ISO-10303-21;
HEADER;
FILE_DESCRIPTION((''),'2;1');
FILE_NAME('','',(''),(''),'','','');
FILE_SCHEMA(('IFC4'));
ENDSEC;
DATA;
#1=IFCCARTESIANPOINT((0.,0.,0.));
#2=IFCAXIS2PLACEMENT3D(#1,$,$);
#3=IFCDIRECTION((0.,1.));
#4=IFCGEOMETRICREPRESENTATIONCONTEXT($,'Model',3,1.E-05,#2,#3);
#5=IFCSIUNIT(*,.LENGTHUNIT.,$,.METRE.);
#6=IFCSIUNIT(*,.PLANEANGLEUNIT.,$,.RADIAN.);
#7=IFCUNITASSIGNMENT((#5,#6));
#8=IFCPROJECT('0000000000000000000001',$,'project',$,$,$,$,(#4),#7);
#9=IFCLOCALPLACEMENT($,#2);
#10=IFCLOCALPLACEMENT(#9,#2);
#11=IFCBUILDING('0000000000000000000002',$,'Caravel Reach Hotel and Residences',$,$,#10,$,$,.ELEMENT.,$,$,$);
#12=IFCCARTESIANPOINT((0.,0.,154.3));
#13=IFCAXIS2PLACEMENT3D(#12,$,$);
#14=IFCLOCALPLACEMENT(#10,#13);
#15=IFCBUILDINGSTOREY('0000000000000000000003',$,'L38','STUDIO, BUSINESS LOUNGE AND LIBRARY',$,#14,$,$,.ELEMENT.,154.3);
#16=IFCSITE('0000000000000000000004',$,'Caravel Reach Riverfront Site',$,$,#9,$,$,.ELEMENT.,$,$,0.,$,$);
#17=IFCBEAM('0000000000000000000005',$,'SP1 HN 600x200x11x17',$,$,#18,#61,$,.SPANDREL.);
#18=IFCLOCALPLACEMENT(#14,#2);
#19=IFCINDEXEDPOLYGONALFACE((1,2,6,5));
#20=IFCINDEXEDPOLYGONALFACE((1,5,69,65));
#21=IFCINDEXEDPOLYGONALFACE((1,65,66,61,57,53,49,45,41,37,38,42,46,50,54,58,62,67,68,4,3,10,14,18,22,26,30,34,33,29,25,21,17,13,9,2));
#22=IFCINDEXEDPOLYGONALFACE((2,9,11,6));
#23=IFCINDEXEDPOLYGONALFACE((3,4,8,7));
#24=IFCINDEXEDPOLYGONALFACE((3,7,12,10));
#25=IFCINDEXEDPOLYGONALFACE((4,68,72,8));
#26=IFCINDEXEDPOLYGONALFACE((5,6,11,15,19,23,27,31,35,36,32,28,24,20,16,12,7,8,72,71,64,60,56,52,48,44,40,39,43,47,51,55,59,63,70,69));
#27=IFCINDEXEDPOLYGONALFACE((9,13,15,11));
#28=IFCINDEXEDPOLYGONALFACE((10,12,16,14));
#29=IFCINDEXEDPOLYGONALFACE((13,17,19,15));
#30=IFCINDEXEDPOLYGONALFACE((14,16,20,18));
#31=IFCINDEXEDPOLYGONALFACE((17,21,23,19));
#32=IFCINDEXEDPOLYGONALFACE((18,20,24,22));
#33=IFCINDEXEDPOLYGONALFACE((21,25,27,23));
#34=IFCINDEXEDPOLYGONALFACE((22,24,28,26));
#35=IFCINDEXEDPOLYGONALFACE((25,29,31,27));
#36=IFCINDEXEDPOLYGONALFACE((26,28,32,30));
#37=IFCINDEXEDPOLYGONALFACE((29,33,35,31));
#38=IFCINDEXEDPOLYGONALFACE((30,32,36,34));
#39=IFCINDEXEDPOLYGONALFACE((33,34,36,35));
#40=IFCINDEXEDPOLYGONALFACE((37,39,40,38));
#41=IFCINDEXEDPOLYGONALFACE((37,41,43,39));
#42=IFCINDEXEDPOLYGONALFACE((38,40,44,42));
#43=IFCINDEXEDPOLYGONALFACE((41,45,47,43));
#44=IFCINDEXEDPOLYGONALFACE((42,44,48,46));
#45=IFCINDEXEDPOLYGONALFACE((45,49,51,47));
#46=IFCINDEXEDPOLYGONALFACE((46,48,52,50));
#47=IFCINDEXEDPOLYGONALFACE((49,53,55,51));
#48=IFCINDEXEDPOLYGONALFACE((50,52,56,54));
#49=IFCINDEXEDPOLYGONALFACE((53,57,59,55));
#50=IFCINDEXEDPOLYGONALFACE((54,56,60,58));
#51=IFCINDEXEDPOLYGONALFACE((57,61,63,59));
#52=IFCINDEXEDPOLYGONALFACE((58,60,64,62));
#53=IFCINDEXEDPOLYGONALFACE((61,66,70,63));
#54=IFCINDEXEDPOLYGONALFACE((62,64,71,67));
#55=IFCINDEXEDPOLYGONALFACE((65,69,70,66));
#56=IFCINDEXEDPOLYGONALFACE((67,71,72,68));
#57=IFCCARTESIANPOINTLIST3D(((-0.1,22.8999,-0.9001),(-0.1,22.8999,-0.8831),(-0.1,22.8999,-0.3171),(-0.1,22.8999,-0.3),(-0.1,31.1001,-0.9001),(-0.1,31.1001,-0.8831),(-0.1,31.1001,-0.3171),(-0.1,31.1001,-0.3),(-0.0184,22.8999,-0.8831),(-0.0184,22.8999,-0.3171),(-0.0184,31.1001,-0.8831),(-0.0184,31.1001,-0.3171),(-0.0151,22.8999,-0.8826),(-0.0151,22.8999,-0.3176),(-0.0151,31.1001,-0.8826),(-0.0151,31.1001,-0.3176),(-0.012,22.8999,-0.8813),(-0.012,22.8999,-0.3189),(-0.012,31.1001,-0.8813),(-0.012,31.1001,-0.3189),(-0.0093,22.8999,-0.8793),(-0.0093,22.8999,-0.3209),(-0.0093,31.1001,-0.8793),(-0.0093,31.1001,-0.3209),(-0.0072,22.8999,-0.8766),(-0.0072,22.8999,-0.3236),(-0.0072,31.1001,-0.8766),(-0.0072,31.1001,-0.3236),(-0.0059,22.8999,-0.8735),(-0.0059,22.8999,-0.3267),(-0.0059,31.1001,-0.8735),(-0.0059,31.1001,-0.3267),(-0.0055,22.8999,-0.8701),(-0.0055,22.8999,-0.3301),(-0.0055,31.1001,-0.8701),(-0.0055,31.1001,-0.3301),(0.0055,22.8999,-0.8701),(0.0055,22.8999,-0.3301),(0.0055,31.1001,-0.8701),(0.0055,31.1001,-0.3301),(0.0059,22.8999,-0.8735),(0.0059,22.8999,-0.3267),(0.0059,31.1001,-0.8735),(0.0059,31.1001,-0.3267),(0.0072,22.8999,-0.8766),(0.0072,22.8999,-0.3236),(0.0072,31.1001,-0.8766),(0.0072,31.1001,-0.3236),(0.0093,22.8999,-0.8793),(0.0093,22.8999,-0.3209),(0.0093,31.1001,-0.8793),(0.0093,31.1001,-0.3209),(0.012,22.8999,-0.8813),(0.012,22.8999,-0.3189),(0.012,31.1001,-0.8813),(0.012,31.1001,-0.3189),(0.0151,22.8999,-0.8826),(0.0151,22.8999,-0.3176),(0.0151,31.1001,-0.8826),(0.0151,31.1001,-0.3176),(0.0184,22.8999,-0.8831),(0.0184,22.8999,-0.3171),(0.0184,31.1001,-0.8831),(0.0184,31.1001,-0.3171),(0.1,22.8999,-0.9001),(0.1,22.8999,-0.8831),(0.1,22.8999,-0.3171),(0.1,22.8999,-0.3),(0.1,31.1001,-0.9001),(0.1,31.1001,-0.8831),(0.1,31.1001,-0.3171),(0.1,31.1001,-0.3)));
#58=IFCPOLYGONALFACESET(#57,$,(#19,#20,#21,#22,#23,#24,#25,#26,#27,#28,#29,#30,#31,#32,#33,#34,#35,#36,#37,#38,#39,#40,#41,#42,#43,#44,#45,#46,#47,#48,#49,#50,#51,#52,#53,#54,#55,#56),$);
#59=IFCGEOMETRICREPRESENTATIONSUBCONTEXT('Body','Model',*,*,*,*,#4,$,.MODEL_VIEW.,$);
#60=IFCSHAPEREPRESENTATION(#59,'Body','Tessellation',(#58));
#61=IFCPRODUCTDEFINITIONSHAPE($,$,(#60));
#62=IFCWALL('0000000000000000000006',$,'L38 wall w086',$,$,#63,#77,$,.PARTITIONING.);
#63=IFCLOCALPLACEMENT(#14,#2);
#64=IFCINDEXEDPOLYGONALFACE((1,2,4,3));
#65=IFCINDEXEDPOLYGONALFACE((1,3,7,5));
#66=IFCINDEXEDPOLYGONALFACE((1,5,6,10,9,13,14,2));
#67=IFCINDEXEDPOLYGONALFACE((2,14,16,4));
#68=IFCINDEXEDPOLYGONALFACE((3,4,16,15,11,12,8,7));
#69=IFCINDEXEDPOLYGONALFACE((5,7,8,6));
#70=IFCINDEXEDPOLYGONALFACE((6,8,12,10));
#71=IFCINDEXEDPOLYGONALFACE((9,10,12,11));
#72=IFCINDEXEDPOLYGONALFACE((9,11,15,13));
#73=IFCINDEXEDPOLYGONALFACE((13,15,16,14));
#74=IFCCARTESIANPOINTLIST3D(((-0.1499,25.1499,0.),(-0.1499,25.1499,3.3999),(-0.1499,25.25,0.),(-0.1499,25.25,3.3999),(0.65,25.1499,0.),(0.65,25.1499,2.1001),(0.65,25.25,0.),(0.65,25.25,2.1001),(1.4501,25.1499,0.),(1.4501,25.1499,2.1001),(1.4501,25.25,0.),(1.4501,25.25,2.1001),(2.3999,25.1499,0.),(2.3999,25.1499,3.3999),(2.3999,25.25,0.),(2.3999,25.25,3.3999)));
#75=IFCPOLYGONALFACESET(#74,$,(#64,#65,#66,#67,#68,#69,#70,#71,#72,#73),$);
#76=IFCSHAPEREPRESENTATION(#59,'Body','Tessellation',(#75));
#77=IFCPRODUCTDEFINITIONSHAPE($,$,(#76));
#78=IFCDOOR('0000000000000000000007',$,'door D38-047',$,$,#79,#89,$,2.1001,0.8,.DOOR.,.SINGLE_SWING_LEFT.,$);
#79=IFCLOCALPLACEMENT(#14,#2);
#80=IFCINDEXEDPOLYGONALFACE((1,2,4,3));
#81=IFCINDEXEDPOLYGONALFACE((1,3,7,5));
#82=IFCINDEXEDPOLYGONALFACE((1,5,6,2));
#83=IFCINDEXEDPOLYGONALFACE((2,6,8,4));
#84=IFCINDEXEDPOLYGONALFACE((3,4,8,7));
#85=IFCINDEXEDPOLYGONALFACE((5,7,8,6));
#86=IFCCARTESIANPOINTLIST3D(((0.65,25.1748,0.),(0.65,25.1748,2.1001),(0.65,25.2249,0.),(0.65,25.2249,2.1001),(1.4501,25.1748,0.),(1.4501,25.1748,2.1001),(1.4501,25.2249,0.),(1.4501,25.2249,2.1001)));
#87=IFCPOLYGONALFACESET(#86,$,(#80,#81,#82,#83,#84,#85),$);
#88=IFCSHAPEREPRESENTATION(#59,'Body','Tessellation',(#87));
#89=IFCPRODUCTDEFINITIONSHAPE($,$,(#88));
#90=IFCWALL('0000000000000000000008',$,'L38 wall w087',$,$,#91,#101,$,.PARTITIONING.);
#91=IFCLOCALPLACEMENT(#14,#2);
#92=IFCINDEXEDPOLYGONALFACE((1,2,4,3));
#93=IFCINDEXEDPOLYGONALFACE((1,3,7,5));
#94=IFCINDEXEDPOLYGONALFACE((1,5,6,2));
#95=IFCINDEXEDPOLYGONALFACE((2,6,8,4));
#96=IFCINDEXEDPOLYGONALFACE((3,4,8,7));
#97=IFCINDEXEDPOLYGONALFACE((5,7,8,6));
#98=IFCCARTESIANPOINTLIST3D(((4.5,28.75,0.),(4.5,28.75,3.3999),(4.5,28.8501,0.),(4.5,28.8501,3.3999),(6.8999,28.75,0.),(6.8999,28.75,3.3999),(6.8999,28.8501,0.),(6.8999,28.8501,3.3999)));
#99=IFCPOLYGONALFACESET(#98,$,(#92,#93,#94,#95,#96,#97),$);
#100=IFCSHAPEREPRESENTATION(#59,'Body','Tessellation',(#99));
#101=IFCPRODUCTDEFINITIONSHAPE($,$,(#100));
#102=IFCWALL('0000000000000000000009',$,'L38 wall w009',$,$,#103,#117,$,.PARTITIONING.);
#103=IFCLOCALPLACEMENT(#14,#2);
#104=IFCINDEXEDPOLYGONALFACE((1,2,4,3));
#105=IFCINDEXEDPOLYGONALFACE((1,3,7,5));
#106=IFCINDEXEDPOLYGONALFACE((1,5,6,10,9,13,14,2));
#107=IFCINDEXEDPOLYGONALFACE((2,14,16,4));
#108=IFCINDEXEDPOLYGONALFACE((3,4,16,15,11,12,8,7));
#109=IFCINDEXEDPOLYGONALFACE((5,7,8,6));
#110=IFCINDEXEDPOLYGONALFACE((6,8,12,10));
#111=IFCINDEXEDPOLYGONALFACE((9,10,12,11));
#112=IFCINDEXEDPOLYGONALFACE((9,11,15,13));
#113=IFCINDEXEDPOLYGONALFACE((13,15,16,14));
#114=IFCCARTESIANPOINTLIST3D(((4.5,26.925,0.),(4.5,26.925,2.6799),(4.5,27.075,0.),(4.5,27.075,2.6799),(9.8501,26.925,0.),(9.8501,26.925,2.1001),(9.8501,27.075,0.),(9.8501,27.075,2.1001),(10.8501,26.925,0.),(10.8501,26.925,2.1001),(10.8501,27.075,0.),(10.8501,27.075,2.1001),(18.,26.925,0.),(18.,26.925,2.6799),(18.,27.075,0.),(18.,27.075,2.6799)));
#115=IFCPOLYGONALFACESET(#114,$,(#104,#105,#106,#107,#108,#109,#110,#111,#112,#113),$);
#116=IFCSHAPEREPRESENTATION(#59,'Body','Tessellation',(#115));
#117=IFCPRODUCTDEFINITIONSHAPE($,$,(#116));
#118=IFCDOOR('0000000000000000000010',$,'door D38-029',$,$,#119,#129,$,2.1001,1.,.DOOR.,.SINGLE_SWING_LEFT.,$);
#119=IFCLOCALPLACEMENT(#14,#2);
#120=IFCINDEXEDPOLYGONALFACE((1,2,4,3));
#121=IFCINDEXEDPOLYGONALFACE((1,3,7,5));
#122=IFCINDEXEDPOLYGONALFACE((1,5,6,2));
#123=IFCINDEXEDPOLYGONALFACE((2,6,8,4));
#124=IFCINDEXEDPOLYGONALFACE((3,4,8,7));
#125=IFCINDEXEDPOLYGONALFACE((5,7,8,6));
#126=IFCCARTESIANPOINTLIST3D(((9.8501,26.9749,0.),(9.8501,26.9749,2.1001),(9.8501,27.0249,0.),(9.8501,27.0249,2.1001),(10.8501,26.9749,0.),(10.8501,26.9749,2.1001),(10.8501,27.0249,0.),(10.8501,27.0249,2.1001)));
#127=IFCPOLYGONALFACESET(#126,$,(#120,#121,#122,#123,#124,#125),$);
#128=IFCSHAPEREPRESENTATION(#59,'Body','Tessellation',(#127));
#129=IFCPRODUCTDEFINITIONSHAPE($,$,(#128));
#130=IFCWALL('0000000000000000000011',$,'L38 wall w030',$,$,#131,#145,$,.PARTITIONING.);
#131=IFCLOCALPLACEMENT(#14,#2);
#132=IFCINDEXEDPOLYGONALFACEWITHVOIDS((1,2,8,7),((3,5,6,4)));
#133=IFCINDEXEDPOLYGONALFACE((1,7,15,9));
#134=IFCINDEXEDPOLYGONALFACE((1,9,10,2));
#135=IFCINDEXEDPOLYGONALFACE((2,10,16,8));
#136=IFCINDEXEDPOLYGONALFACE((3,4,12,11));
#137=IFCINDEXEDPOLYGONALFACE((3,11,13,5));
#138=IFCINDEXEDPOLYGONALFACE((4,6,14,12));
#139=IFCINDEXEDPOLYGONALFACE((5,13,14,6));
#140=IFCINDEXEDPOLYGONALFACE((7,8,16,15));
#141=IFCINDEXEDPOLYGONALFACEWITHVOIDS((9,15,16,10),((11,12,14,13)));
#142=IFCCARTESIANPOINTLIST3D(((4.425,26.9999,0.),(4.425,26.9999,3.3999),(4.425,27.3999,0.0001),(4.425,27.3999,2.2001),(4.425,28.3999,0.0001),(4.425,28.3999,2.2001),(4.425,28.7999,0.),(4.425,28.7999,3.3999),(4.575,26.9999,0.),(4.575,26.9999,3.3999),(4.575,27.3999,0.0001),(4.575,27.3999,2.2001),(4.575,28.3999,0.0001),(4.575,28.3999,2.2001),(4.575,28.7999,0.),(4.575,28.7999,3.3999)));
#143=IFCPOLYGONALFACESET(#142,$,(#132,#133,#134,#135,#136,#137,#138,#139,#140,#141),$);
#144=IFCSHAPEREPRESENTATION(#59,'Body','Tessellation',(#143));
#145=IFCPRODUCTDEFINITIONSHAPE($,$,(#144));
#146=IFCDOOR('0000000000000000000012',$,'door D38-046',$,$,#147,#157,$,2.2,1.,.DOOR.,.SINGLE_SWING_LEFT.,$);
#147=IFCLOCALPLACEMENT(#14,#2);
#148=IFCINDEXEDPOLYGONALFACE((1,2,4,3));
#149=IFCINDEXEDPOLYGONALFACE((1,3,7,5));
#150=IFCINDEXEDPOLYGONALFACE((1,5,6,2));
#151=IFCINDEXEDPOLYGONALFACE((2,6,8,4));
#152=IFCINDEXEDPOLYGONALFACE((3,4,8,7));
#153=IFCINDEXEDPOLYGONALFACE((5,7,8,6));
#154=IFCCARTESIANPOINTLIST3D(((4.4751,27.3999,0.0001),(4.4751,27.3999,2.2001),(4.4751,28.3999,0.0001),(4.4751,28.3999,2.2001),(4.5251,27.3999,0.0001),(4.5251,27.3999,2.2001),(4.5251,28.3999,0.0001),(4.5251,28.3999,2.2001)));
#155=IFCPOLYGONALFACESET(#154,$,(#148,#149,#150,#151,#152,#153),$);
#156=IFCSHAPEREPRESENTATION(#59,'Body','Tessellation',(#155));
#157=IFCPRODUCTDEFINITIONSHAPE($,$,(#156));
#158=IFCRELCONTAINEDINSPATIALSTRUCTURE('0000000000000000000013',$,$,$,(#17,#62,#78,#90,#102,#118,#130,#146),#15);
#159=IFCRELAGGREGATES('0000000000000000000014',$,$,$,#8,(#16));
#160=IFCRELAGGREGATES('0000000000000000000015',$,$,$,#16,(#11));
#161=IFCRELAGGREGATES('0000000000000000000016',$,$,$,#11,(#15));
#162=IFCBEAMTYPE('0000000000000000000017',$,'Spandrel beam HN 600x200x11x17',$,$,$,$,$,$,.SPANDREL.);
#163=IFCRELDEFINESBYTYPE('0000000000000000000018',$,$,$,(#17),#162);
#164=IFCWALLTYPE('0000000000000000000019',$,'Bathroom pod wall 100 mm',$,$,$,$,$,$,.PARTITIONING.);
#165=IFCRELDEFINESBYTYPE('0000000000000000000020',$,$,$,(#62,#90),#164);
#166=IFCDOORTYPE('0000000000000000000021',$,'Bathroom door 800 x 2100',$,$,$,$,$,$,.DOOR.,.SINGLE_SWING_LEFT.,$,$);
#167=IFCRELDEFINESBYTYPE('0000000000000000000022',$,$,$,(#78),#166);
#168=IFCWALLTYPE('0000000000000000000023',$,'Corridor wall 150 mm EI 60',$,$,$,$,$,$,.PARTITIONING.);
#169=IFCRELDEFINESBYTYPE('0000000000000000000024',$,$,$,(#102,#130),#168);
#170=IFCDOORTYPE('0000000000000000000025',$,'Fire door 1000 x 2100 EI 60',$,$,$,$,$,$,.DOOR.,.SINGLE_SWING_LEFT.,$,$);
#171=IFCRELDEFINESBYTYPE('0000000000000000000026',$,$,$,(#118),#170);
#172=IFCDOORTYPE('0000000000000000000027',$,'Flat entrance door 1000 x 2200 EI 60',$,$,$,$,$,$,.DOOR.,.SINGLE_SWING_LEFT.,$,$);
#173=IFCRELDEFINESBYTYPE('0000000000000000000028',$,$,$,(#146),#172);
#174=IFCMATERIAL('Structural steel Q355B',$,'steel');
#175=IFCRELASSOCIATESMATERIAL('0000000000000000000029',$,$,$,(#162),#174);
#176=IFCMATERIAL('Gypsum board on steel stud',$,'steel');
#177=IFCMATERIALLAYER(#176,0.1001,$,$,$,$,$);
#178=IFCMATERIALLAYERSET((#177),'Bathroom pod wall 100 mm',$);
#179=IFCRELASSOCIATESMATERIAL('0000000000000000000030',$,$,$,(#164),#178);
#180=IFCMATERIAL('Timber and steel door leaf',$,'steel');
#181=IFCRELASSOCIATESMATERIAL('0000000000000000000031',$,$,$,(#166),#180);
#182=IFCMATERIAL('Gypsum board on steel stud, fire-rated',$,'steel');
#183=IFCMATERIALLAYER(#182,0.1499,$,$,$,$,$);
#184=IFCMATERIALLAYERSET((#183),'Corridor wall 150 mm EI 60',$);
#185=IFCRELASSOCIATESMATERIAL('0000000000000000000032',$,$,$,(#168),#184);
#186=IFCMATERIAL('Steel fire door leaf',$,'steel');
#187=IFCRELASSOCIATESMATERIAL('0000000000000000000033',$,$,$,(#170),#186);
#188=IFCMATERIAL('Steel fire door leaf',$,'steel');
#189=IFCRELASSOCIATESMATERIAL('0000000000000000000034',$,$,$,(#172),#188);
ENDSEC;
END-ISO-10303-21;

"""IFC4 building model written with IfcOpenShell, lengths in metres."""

from ifc_helpers import new_model, si_unit, direction, frame, frame_2d, origin, origin_2d, place, context, subcontext, project, spatial, rectangle, i_section, extrude, material, layer, layer_set, material_profile, profile_set, type_object, element, fill, save


model = new_model("IFC4")

# Units and contexts
model_context = context("Model", 3, precision=1e-05, world=origin(), true_north=direction((0.0, 1.0)))
body_context = subcontext(model_context, "Body", "Model", "MODEL_VIEW")
ifc_project = project(units=[si_unit("LENGTHUNIT", "METRE"), si_unit("PLANEANGLEUNIT", "RADIAN")], contexts=[model_context])

# Site, building, storey
site_placement = place(None, origin())
site = spatial("IfcSite", under=ifc_project, at=site_placement, Name="Caravel Reach Riverfront Site", CompositionType="ELEMENT", RefElevation=0.0)
building_placement = place(site_placement, origin())
building = spatial("IfcBuilding", under=site, at=building_placement, Name="Caravel Reach Hotel and Residences", CompositionType="ELEMENT")
storey_placement = place(building_placement, frame((0.0, 0.0, 154.3)))
storey = spatial("IfcBuildingStorey", under=building, at=storey_placement, Name="L38", Description="STUDIO, BUSINESS LOUNGE AND LIBRARY", CompositionType="ELEMENT", Elevation=154.3)

# Beam
ifc_material_1 = material(Name="Structural steel Q355B", Category="steel")
ifc_material_profile_1 = material_profile(ifc_material_1, i_section(OverallWidth=0.2, OverallDepth=0.6001, WebThickness=0.011, FlangeThickness=0.0171, FilletRadius=0.0129, at=origin_2d()), Name="HN 600x200x11x17")
ifc_profile_set_1 = profile_set([ifc_material_profile_1], Name="Structural steel Q355B")
beam_type = type_object("IfcBeamType", Name="Spandrel beam HN 600x200x11x17", PredefinedType="SPANDREL", material=ifc_profile_set_1)
beam_placement = place(storey_placement, frame((0.0, 31.1001, -0.6001), z_axis=(0.0, -1.0, 0.0), x_axis=(1.0, 0.0, 0.0)))
element("IfcBeam", 1, at=beam_placement, inside=storey, type_object=beam_type, Name="SP1 HN 600x200x11x17", PredefinedType="SPANDREL", context=body_context, shape_type="SweptSolid", body=[
    extrude(i_section(OverallWidth=0.2, OverallDepth=0.6001, WebThickness=0.011, FlangeThickness=0.0171, FilletRadius=0.0129, at=origin_2d()), origin(), (0.0, 0.0, 1.0), 8.2002),
])

# Wall, opening, door
ifc_material_2 = material(Name="Gypsum board on steel stud", Category="steel")
ifc_layer_1 = layer(ifc_material_2, 0.1001)
ifc_layer_set_1 = layer_set([ifc_layer_1], Name="Bathroom pod wall 100 mm")
wall_type_1 = type_object("IfcWallType", Name="Bathroom pod wall 100 mm", PredefinedType="PARTITIONING", material=ifc_layer_set_1)
wall_1_placement = place(storey_placement, frame((-0.1499, 25.2, 0.0), z_axis=(0.0, 0.0, 1.0), x_axis=(1.0, 0.0, 0.0)))
wall_1 = element("IfcWall", 2, at=wall_1_placement, inside=storey, type_object=wall_type_1, Name="L38 wall w086", PredefinedType="PARTITIONING", context=body_context, shape_type="SweptSolid", body=[
    extrude(rectangle(XDim=2.5498, YDim=0.1001, at=frame_2d((1.2749, 0.0))), origin(), (0.0, 0.0, 1.0), 3.3999),
])
opening_1_placement = place(wall_1_placement, frame((0.8, 0.0, 0.0)))
opening_1 = element("IfcOpeningElement", 3, at=opening_1_placement, cuts=wall_1, PredefinedType="OPENING", context=body_context, shape_type="SweptSolid", body=[
    extrude(rectangle(XDim=0.8, YDim=2.1001, at=frame_2d((0.3999, 1.05))), frame((0.0, 0.0601, 0.0), z_axis=(0.0, -1.0, 0.0), x_axis=(1.0, 0.0, 0.0)), (0.0, 0.0, 1.0), 0.1201),
])
ifc_material_3 = material(Name="Timber and steel door leaf", Category="steel")
door_type_1 = type_object("IfcDoorType", Name="Bathroom door 800 x 2100", OperationType="SINGLE_SWING_LEFT", PredefinedType="DOOR", material=ifc_material_3)
door_1_placement = place(opening_1_placement, origin())
door_1 = element("IfcDoor", 4, at=door_1_placement, inside=storey, type_object=door_type_1, Name="door D38-047", OperationType="SINGLE_SWING_LEFT", OverallHeight=2.1001, OverallWidth=0.8, PredefinedType="DOOR", context=body_context, shape_type="SweptSolid", body=[
    extrude(rectangle(XDim=0.8, YDim=2.1001, at=frame_2d((0.3999, 1.05))), frame((0.0, 0.0249, 0.0), z_axis=(0.0, -1.0, 0.0), x_axis=(1.0, 0.0, 0.0)), (0.0, 0.0, 1.0), 0.05),
])
fill(opening_1, door_1)

# Wall
wall_2_placement = place(storey_placement, frame((4.5, 28.8, 0.0), z_axis=(0.0, 0.0, 1.0), x_axis=(1.0, 0.0, 0.0)))
element("IfcWall", 5, at=wall_2_placement, inside=storey, type_object=wall_type_1, Name="L38 wall w087", PredefinedType="PARTITIONING", context=body_context, shape_type="SweptSolid", body=[
    extrude(rectangle(XDim=2.3999, YDim=0.1001, at=frame_2d((1.2, 0.0))), origin(), (0.0, 0.0, 1.0), 3.3999),
])

# Walls, openings, doors
ifc_material_4 = material(Name="Gypsum board on steel stud, fire-rated", Category="steel")
ifc_layer_2 = layer(ifc_material_4, 0.1499)
ifc_layer_set_2 = layer_set([ifc_layer_2], Name="Corridor wall 150 mm EI 60")
wall_type_2 = type_object("IfcWallType", Name="Corridor wall 150 mm EI 60", PredefinedType="PARTITIONING", material=ifc_layer_set_2)
wall_3_placement = place(storey_placement, frame((4.5, 27.0, 0.0), z_axis=(0.0, 0.0, 1.0), x_axis=(1.0, 0.0, 0.0)))
wall_3 = element("IfcWall", 6, at=wall_3_placement, inside=storey, type_object=wall_type_2, Name="L38 wall w009", PredefinedType="PARTITIONING", context=body_context, shape_type="SweptSolid", body=[
    extrude(rectangle(XDim=13.5, YDim=0.1499, at=frame_2d((6.75, 0.0))), origin(), (0.0, 0.0, 1.0), 2.6799),
])
opening_2_placement = place(wall_3_placement, frame((5.3501, 0.0, 0.0)))
opening_2 = element("IfcOpeningElement", 7, at=opening_2_placement, cuts=wall_3, PredefinedType="OPENING", context=body_context, shape_type="SweptSolid", body=[
    extrude(rectangle(XDim=1.0, YDim=2.1001, at=frame_2d((0.5, 1.05))), frame((0.0, 0.085, 0.0), z_axis=(0.0, -1.0, 0.0), x_axis=(1.0, 0.0, 0.0)), (0.0, 0.0, 1.0), 0.1699),
])
ifc_material_5 = material(Name="Steel fire door leaf", Category="steel")
door_type_2 = type_object("IfcDoorType", Name="Fire door 1000 x 2100 EI 60", OperationType="SINGLE_SWING_LEFT", PredefinedType="DOOR", material=ifc_material_5)
door_2_placement = place(opening_2_placement, origin())
door_2 = element("IfcDoor", 8, at=door_2_placement, inside=storey, type_object=door_type_2, Name="door D38-029", OperationType="SINGLE_SWING_LEFT", OverallHeight=2.1001, OverallWidth=1.0, PredefinedType="DOOR", context=body_context, shape_type="SweptSolid", body=[
    extrude(rectangle(XDim=1.0, YDim=2.1001, at=frame_2d((0.5, 1.05))), frame((0.0, 0.0249, 0.0), z_axis=(0.0, -1.0, 0.0), x_axis=(1.0, 0.0, 0.0)), (0.0, 0.0, 1.0), 0.05),
])
fill(opening_2, door_2)
wall_4_placement = place(storey_placement, frame((4.5, 27.0, 0.0), z_axis=(0.0, 0.0, 1.0), x_axis=(0.0, 1.0, 0.0)))
wall_4 = element("IfcWall", 9, at=wall_4_placement, inside=storey, type_object=wall_type_2, Name="L38 wall w030", PredefinedType="PARTITIONING", context=body_context, shape_type="SweptSolid", body=[
    extrude(rectangle(XDim=1.8, YDim=0.1499, at=frame_2d((0.8999, 0.0))), origin(), (0.0, 0.0, 1.0), 3.3999),
])
opening_3_placement = place(wall_4_placement, frame((0.3999, 0.0, 0.0)))
opening_3 = element("IfcOpeningElement", 10, at=opening_3_placement, cuts=wall_4, PredefinedType="OPENING", context=body_context, shape_type="SweptSolid", body=[
    extrude(rectangle(XDim=1.0, YDim=2.2, at=frame_2d((0.5, 1.1001))), frame((0.0, 0.085, 0.0), z_axis=(0.0, -1.0, 0.0), x_axis=(1.0, 0.0, 0.0)), (0.0, 0.0, 1.0), 0.1699),
])
ifc_material_6 = material(Name="Steel fire door leaf", Category="steel")
door_type_3 = type_object("IfcDoorType", Name="Flat entrance door 1000 x 2200 EI 60", OperationType="SINGLE_SWING_LEFT", PredefinedType="DOOR", material=ifc_material_6)
door_3_placement = place(opening_3_placement, origin())
door_3 = element("IfcDoor", 11, at=door_3_placement, inside=storey, type_object=door_type_3, Name="door D38-046", OperationType="SINGLE_SWING_LEFT", OverallHeight=2.2, OverallWidth=1.0, PredefinedType="DOOR", context=body_context, shape_type="SweptSolid", body=[
    extrude(rectangle(XDim=1.0, YDim=2.2, at=frame_2d((0.5, 1.1001))), frame((0.0, 0.0249, 0.0), z_axis=(0.0, -1.0, 0.0), x_axis=(1.0, 0.0, 0.0)), (0.0, 0.0, 1.0), 0.05),
])
fill(opening_3, door_3)

save(model, "model.ifc")
